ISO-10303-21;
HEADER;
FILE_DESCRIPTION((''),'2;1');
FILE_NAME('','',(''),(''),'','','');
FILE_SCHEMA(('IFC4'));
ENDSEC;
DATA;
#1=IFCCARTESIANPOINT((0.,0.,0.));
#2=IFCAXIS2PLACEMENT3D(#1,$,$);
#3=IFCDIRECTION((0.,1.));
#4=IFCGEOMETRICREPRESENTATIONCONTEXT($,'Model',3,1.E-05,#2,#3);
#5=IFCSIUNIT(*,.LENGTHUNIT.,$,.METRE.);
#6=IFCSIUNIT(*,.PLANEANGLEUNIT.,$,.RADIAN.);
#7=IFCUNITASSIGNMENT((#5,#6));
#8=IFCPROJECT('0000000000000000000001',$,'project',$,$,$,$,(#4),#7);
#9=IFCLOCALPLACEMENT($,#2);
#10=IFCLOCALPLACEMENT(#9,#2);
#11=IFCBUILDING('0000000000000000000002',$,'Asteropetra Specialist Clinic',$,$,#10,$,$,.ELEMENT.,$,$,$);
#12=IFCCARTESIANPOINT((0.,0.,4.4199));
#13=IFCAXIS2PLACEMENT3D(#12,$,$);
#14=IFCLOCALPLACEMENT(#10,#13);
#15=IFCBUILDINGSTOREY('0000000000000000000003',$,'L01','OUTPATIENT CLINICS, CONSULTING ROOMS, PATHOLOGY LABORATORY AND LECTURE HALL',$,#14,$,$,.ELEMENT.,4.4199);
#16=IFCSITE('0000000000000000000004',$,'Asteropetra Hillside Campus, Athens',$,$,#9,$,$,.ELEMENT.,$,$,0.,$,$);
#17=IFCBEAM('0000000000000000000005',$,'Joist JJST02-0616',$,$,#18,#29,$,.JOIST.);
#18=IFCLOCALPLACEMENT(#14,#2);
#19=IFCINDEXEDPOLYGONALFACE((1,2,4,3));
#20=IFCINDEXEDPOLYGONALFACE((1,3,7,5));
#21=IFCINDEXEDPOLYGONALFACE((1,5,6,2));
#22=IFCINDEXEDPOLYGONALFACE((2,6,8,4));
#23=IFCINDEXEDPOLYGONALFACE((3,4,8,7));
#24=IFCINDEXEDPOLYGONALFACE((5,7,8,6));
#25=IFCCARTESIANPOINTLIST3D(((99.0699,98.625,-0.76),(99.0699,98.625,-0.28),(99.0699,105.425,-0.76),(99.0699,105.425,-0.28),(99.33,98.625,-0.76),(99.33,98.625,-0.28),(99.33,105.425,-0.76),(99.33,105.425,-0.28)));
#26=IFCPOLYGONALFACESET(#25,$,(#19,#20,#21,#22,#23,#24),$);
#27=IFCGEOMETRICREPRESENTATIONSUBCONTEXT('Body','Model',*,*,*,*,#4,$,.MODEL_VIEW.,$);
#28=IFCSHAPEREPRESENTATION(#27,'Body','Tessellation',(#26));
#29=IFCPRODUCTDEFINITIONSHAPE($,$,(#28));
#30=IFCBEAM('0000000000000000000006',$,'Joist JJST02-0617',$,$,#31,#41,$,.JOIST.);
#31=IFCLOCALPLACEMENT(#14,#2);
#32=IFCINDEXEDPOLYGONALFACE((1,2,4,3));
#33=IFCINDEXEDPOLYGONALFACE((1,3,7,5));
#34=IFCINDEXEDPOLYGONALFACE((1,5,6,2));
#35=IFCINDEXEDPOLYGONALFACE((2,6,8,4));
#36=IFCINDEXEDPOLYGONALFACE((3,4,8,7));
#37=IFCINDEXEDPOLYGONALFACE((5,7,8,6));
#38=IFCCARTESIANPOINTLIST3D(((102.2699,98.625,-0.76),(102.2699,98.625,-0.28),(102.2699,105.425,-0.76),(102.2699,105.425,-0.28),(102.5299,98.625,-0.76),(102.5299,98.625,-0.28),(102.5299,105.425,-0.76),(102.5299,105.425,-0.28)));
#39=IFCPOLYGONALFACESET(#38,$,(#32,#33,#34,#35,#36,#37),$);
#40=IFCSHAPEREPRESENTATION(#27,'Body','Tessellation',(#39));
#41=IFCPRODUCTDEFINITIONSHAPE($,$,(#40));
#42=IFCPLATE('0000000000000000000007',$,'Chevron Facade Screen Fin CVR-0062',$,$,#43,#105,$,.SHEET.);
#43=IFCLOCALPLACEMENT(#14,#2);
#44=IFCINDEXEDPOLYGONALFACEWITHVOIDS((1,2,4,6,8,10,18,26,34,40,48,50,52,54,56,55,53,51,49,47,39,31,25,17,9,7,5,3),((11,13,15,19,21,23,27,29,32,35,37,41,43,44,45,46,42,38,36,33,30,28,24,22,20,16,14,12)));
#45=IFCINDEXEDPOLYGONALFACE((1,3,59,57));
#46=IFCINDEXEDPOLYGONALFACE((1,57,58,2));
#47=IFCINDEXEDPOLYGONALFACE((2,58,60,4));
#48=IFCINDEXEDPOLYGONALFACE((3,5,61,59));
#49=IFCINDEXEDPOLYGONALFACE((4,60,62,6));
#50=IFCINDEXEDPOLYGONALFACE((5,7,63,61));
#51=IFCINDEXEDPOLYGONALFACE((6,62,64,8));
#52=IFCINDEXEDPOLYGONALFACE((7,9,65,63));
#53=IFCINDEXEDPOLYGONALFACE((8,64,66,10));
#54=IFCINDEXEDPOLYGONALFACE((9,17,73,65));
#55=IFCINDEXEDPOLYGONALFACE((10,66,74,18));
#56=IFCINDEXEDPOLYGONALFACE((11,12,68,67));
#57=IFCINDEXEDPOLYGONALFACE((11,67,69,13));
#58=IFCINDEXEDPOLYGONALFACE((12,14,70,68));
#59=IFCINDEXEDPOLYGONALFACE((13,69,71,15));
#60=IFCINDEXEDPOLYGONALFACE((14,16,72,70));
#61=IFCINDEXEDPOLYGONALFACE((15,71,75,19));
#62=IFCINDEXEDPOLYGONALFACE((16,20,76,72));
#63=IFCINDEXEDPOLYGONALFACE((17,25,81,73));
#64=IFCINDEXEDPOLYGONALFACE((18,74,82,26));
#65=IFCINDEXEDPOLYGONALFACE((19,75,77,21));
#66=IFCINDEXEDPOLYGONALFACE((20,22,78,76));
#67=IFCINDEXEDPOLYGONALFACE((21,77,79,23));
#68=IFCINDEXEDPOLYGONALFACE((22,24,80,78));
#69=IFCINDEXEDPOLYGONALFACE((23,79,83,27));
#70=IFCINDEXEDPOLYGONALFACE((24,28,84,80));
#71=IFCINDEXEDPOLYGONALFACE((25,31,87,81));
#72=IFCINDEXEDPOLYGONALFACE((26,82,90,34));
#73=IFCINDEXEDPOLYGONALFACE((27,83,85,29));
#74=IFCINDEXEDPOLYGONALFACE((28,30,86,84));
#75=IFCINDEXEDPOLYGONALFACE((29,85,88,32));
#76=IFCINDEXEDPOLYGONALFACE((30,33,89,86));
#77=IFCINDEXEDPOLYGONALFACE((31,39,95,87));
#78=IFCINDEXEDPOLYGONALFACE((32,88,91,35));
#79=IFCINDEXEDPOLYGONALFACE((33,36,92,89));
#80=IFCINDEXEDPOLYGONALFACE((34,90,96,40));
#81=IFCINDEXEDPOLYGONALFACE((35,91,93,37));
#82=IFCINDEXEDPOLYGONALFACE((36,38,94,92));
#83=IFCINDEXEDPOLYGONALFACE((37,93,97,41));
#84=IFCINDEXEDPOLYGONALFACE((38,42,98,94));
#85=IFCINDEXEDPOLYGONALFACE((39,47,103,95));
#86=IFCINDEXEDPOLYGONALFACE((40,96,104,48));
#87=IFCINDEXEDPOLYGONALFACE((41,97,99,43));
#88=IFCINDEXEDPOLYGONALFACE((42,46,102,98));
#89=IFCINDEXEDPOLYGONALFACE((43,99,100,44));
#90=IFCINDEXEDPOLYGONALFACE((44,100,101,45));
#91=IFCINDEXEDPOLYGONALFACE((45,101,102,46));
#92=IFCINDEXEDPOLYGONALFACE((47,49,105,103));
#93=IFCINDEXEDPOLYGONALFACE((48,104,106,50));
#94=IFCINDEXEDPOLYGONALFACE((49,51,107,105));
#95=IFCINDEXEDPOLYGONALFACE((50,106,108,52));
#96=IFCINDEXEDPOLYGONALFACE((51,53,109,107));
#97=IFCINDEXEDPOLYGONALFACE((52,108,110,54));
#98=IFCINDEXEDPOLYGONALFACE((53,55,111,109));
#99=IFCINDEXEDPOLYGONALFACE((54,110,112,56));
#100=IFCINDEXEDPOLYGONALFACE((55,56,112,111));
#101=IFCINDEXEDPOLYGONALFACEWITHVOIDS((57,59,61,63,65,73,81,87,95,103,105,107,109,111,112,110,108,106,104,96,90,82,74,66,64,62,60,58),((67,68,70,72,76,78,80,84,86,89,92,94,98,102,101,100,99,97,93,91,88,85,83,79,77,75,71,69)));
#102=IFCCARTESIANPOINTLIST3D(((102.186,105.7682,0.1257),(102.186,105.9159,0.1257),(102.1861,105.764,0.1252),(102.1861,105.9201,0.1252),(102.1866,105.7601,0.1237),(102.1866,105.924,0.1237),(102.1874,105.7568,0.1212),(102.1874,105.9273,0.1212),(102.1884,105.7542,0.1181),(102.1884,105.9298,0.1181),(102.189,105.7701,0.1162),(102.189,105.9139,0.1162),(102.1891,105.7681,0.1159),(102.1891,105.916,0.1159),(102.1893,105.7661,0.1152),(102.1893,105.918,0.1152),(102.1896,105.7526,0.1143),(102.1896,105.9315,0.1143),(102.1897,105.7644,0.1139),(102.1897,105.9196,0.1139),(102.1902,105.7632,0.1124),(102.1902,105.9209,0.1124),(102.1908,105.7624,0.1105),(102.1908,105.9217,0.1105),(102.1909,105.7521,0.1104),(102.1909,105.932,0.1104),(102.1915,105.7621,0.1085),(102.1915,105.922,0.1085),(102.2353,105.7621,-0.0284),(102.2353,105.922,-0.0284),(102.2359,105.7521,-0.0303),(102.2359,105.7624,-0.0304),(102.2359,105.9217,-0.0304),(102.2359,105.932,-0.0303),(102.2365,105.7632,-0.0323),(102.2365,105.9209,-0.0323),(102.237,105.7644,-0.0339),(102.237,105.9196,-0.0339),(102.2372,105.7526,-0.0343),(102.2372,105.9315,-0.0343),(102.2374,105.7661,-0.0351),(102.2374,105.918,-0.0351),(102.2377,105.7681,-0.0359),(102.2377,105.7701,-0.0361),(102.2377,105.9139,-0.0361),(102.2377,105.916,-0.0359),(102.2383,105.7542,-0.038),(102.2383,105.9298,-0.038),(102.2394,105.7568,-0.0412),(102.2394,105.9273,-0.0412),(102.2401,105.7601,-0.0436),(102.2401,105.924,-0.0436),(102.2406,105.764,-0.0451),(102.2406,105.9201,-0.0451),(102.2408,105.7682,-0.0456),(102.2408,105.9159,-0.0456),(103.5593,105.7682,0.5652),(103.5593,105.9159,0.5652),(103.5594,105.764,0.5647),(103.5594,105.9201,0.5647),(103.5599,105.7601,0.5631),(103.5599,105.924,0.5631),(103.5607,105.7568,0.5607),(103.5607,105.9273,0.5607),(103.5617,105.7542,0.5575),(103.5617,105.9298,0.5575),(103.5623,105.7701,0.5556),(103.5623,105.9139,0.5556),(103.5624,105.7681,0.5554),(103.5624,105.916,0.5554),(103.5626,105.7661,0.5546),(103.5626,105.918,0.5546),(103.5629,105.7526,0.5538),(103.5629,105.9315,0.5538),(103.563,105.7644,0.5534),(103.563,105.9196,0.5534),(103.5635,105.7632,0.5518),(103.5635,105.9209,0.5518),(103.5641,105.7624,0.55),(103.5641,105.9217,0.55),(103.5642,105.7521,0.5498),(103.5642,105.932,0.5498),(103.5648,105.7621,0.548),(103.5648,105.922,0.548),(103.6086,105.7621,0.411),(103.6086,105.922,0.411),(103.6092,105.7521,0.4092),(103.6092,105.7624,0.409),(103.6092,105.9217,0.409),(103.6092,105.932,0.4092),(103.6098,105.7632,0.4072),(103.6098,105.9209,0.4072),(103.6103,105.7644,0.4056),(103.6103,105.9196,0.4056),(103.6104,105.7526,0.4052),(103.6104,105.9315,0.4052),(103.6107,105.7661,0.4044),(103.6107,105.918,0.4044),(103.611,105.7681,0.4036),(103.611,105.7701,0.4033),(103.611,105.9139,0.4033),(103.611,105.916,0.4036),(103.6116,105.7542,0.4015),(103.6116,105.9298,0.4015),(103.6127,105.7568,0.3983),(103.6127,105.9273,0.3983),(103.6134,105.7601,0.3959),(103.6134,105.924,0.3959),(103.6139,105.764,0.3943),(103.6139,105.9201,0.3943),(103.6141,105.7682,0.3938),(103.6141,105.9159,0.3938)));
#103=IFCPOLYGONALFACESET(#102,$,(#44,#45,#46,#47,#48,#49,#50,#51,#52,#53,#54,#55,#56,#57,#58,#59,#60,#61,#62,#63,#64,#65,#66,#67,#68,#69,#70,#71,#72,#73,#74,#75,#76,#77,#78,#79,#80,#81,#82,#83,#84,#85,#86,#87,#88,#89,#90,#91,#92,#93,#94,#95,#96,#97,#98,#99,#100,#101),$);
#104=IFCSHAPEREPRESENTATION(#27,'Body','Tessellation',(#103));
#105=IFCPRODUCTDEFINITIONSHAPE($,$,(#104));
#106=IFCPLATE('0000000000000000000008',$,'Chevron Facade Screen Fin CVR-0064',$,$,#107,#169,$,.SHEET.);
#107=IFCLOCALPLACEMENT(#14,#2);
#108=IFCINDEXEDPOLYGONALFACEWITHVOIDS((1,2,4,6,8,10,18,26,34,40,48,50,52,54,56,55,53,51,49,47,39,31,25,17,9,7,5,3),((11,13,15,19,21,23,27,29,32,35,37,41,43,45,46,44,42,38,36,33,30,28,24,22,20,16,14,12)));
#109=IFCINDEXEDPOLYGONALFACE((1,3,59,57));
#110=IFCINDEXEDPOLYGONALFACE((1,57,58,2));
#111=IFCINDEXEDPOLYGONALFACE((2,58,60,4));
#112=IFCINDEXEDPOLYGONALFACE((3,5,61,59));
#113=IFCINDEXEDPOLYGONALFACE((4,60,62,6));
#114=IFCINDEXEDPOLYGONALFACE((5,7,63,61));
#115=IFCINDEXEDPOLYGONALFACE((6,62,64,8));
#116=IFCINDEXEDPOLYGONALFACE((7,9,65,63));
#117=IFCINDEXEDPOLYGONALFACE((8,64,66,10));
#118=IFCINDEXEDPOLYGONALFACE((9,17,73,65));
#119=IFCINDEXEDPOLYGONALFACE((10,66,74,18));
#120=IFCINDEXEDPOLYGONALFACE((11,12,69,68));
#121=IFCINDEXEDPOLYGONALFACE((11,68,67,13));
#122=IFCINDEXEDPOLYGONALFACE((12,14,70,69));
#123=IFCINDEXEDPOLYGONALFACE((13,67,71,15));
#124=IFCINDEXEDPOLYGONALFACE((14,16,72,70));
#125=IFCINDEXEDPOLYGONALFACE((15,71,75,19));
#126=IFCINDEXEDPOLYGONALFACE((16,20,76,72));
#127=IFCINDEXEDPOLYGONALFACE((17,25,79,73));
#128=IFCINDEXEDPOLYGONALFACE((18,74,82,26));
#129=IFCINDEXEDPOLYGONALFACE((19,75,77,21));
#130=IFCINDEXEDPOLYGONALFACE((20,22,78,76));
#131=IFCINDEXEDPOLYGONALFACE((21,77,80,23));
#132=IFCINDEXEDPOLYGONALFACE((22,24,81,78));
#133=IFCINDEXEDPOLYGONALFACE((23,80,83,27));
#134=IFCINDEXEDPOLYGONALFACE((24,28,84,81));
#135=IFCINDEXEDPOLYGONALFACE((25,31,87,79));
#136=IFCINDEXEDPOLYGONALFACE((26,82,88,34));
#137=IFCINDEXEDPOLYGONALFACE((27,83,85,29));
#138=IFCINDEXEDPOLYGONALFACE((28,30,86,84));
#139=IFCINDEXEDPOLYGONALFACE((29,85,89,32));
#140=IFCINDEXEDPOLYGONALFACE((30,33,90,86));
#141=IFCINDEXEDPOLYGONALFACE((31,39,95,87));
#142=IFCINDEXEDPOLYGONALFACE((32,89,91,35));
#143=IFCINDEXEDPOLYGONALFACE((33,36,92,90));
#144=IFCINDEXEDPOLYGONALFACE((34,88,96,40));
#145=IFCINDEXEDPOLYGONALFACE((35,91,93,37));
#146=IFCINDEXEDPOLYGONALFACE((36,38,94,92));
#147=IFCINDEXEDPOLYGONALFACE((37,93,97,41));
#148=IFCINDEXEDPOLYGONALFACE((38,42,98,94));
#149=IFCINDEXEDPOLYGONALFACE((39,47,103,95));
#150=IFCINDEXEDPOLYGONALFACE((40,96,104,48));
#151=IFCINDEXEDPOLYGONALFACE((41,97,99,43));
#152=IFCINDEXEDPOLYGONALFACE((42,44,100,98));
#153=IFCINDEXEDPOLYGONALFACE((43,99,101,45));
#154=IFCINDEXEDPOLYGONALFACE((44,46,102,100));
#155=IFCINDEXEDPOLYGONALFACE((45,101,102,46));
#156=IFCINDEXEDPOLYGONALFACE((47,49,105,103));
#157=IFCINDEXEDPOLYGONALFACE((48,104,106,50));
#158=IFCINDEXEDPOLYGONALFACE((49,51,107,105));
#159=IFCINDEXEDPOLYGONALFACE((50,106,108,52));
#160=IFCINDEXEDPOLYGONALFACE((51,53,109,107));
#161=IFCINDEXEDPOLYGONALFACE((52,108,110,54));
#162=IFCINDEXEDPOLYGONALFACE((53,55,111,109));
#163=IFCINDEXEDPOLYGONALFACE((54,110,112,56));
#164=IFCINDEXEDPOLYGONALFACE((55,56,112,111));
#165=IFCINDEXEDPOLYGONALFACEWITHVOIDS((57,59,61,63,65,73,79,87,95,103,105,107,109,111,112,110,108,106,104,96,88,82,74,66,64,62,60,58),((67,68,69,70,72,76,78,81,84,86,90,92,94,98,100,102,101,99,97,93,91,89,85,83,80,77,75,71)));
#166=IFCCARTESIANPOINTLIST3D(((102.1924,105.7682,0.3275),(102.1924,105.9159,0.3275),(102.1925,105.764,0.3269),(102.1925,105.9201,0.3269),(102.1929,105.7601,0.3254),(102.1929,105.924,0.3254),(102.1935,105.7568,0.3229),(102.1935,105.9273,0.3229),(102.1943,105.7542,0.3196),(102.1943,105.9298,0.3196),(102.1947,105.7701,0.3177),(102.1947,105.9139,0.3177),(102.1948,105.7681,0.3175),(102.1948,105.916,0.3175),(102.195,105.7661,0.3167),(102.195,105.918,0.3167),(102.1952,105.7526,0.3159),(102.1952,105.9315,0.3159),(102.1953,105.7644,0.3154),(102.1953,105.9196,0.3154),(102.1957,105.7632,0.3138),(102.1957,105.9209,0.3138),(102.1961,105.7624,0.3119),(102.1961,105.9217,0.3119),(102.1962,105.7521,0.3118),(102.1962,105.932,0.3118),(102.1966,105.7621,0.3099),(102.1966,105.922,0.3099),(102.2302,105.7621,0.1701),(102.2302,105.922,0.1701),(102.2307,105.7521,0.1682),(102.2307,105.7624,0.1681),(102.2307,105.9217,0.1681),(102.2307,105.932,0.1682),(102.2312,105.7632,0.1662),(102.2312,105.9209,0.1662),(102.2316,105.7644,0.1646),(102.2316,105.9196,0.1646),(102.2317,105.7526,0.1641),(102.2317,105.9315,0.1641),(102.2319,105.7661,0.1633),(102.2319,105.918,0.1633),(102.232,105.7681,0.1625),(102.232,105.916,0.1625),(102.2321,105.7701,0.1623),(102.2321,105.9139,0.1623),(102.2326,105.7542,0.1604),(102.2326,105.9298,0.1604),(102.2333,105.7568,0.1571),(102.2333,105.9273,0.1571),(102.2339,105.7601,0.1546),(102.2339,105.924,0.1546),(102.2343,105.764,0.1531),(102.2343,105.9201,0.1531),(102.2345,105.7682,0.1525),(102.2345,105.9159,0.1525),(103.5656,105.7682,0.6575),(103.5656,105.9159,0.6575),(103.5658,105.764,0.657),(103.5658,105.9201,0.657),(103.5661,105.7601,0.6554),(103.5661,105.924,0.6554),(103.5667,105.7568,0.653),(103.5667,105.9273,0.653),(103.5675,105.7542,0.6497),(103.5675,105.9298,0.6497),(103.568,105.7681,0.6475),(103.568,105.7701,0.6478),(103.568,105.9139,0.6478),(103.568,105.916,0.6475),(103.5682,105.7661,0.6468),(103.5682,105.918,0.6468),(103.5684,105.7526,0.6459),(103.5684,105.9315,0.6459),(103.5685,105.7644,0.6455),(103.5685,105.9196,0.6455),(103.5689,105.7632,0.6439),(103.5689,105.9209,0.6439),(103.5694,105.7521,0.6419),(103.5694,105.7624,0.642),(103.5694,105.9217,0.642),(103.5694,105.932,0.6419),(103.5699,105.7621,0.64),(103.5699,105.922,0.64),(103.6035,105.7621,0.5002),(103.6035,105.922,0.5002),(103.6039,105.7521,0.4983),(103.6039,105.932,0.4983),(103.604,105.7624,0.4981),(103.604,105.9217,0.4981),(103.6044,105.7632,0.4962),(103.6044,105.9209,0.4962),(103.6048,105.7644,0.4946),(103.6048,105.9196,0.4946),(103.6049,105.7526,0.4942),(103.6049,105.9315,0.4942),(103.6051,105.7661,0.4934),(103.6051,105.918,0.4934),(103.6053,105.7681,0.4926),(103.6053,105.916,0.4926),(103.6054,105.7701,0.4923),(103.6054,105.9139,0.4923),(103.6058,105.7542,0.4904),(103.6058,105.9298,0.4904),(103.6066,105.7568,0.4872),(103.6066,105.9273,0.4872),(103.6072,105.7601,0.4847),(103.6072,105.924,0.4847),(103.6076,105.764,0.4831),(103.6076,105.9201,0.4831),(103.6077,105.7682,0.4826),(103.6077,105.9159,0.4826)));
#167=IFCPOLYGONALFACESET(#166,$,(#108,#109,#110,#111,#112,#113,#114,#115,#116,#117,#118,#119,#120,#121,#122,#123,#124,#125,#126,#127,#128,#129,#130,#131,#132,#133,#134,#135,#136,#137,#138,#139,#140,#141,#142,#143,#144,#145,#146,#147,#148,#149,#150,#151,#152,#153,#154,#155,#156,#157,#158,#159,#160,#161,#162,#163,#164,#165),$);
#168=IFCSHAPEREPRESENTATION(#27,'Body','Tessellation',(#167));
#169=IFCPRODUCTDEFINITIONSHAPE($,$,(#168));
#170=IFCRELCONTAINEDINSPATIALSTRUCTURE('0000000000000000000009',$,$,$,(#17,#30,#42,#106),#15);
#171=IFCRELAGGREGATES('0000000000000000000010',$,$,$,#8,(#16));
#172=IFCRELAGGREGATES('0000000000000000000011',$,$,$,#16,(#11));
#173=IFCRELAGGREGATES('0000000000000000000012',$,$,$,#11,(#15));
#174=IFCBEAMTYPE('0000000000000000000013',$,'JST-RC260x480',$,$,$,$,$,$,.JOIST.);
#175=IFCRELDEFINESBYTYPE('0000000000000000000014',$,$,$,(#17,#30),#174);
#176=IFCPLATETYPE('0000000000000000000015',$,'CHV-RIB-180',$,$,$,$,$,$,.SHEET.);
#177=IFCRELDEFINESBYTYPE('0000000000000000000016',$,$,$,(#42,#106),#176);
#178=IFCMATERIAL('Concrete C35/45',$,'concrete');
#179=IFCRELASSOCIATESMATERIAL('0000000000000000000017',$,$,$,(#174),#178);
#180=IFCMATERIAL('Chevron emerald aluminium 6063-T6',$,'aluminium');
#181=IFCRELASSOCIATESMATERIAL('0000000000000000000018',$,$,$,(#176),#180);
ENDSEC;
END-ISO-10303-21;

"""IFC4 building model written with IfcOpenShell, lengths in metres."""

from ifc_helpers import new_model, si_unit, direction, frame, origin, origin_2d, place, context, subcontext, project, spatial, rectangle, hollow_rectangle, extrude, material, material_profile, profile_set, type_object, element, save


model = new_model("IFC4")

# Units and contexts
model_context = context("Model", 3, precision=1e-05, world=origin(), true_north=direction((0.0, 1.0)))
body_context = subcontext(model_context, "Body", "Model", "MODEL_VIEW")
ifc_project = project(units=[si_unit("LENGTHUNIT", "METRE"), si_unit("PLANEANGLEUNIT", "RADIAN")], contexts=[model_context])

# Site, building, storey
site_placement = place(None, origin())
site = spatial("IfcSite", under=ifc_project, at=site_placement, Name="Asteropetra Hillside Campus, Athens", CompositionType="ELEMENT", RefElevation=0.0)
building_placement = place(site_placement, origin())
building = spatial("IfcBuilding", under=site, at=building_placement, Name="Asteropetra Specialist Clinic", CompositionType="ELEMENT")
storey_placement = place(building_placement, frame((0.0, 0.0, 4.4199)))
storey = spatial("IfcBuildingStorey", under=building, at=storey_placement, Name="L01", Description="OUTPATIENT CLINICS, CONSULTING ROOMS, PATHOLOGY LABORATORY AND LECTURE HALL", CompositionType="ELEMENT", Elevation=4.4199)

# Beams
ifc_material_1 = material(Name="Concrete C35/45", Category="concrete")
ifc_material_profile_1 = material_profile(ifc_material_1, rectangle(XDim=0.26, YDim=0.48, at=origin_2d()), Name="RCJ 260x480")
ifc_profile_set_1 = profile_set([ifc_material_profile_1], Name="Concrete C35/45")
beam_type = type_object("IfcBeamType", Name="JST-RC260x480", PredefinedType="JOIST", material=ifc_profile_set_1)
for number, where, z_axis, x_axis, name in (
    (1, (99.2, 98.625, -0.52), (0.0, 1.0, 0.0), (-1.0, 0.0, 0.0), "Joist JJST02-0616"),
    (2, (102.3999, 98.625, -0.52), (0.0, 1.0, 0.0), (-1.0, 0.0, 0.0), "Joist JJST02-0617"),
):
    element("IfcBeam", number, at=place(storey_placement, frame(where, z_axis=z_axis, x_axis=x_axis)), inside=storey, type_object=beam_type, Name=name, PredefinedType="JOIST", context=body_context, shape_type="SweptSolid", body=[
        extrude(rectangle(XDim=0.26, YDim=0.48, at=origin_2d()), origin(), (0.0, 0.0, 1.0), 6.8),
    ])

# Plates
ifc_material_2 = material(Name="Chevron emerald aluminium 6063-T6", Category="aluminium")
ifc_material_profile_2 = material_profile(ifc_material_2, hollow_rectangle(XDim=0.1799, YDim=0.1799, WallThickness=0.01, InnerFilletRadius=0.0081, OuterFilletRadius=0.0161, at=origin_2d()), Name="SHS 180x180x10.0")
ifc_profile_set_2 = profile_set([ifc_material_profile_2], Name="Chevron emerald aluminium 6063-T6")
plate_type = type_object("IfcPlateType", Name="CHV-RIB-180", PredefinedType="SHEET", material=ifc_profile_set_2)
plate_1_placement = place(storey_placement, frame((103.5867, 105.842, 0.4795), z_axis=(-0.952424, 0.0, -0.304776), x_axis=(0.0, -1.0, 0.0)))
element("IfcPlate", 3, at=plate_1_placement, inside=storey, type_object=plate_type, Name="Chevron Facade Screen Fin CVR-0062", PredefinedType="SHEET", context=body_context, shape_type="SweptSolid", body=[
    extrude(hollow_rectangle(XDim=0.1799, YDim=0.1799, WallThickness=0.01, InnerFilletRadius=0.0081, OuterFilletRadius=0.0161, at=origin_2d()), origin(), (0.0, 0.0, 1.0), 1.4419),
])
plate_2_placement = place(storey_placement, frame((103.5867, 105.842, 0.5701), z_axis=(-0.972309, 0.0, -0.2337), x_axis=(0.0, -1.0, 0.0)))
element("IfcPlate", 4, at=plate_2_placement, inside=storey, type_object=plate_type, Name="Chevron Facade Screen Fin CVR-0064", PredefinedType="SHEET", context=body_context, shape_type="SweptSolid", body=[
    extrude(hollow_rectangle(XDim=0.1799, YDim=0.1799, WallThickness=0.01, InnerFilletRadius=0.0081, OuterFilletRadius=0.0161, at=origin_2d()), origin(), (0.0, 0.0, 1.0), 1.4124),
])

save(model, "model.ifc")
